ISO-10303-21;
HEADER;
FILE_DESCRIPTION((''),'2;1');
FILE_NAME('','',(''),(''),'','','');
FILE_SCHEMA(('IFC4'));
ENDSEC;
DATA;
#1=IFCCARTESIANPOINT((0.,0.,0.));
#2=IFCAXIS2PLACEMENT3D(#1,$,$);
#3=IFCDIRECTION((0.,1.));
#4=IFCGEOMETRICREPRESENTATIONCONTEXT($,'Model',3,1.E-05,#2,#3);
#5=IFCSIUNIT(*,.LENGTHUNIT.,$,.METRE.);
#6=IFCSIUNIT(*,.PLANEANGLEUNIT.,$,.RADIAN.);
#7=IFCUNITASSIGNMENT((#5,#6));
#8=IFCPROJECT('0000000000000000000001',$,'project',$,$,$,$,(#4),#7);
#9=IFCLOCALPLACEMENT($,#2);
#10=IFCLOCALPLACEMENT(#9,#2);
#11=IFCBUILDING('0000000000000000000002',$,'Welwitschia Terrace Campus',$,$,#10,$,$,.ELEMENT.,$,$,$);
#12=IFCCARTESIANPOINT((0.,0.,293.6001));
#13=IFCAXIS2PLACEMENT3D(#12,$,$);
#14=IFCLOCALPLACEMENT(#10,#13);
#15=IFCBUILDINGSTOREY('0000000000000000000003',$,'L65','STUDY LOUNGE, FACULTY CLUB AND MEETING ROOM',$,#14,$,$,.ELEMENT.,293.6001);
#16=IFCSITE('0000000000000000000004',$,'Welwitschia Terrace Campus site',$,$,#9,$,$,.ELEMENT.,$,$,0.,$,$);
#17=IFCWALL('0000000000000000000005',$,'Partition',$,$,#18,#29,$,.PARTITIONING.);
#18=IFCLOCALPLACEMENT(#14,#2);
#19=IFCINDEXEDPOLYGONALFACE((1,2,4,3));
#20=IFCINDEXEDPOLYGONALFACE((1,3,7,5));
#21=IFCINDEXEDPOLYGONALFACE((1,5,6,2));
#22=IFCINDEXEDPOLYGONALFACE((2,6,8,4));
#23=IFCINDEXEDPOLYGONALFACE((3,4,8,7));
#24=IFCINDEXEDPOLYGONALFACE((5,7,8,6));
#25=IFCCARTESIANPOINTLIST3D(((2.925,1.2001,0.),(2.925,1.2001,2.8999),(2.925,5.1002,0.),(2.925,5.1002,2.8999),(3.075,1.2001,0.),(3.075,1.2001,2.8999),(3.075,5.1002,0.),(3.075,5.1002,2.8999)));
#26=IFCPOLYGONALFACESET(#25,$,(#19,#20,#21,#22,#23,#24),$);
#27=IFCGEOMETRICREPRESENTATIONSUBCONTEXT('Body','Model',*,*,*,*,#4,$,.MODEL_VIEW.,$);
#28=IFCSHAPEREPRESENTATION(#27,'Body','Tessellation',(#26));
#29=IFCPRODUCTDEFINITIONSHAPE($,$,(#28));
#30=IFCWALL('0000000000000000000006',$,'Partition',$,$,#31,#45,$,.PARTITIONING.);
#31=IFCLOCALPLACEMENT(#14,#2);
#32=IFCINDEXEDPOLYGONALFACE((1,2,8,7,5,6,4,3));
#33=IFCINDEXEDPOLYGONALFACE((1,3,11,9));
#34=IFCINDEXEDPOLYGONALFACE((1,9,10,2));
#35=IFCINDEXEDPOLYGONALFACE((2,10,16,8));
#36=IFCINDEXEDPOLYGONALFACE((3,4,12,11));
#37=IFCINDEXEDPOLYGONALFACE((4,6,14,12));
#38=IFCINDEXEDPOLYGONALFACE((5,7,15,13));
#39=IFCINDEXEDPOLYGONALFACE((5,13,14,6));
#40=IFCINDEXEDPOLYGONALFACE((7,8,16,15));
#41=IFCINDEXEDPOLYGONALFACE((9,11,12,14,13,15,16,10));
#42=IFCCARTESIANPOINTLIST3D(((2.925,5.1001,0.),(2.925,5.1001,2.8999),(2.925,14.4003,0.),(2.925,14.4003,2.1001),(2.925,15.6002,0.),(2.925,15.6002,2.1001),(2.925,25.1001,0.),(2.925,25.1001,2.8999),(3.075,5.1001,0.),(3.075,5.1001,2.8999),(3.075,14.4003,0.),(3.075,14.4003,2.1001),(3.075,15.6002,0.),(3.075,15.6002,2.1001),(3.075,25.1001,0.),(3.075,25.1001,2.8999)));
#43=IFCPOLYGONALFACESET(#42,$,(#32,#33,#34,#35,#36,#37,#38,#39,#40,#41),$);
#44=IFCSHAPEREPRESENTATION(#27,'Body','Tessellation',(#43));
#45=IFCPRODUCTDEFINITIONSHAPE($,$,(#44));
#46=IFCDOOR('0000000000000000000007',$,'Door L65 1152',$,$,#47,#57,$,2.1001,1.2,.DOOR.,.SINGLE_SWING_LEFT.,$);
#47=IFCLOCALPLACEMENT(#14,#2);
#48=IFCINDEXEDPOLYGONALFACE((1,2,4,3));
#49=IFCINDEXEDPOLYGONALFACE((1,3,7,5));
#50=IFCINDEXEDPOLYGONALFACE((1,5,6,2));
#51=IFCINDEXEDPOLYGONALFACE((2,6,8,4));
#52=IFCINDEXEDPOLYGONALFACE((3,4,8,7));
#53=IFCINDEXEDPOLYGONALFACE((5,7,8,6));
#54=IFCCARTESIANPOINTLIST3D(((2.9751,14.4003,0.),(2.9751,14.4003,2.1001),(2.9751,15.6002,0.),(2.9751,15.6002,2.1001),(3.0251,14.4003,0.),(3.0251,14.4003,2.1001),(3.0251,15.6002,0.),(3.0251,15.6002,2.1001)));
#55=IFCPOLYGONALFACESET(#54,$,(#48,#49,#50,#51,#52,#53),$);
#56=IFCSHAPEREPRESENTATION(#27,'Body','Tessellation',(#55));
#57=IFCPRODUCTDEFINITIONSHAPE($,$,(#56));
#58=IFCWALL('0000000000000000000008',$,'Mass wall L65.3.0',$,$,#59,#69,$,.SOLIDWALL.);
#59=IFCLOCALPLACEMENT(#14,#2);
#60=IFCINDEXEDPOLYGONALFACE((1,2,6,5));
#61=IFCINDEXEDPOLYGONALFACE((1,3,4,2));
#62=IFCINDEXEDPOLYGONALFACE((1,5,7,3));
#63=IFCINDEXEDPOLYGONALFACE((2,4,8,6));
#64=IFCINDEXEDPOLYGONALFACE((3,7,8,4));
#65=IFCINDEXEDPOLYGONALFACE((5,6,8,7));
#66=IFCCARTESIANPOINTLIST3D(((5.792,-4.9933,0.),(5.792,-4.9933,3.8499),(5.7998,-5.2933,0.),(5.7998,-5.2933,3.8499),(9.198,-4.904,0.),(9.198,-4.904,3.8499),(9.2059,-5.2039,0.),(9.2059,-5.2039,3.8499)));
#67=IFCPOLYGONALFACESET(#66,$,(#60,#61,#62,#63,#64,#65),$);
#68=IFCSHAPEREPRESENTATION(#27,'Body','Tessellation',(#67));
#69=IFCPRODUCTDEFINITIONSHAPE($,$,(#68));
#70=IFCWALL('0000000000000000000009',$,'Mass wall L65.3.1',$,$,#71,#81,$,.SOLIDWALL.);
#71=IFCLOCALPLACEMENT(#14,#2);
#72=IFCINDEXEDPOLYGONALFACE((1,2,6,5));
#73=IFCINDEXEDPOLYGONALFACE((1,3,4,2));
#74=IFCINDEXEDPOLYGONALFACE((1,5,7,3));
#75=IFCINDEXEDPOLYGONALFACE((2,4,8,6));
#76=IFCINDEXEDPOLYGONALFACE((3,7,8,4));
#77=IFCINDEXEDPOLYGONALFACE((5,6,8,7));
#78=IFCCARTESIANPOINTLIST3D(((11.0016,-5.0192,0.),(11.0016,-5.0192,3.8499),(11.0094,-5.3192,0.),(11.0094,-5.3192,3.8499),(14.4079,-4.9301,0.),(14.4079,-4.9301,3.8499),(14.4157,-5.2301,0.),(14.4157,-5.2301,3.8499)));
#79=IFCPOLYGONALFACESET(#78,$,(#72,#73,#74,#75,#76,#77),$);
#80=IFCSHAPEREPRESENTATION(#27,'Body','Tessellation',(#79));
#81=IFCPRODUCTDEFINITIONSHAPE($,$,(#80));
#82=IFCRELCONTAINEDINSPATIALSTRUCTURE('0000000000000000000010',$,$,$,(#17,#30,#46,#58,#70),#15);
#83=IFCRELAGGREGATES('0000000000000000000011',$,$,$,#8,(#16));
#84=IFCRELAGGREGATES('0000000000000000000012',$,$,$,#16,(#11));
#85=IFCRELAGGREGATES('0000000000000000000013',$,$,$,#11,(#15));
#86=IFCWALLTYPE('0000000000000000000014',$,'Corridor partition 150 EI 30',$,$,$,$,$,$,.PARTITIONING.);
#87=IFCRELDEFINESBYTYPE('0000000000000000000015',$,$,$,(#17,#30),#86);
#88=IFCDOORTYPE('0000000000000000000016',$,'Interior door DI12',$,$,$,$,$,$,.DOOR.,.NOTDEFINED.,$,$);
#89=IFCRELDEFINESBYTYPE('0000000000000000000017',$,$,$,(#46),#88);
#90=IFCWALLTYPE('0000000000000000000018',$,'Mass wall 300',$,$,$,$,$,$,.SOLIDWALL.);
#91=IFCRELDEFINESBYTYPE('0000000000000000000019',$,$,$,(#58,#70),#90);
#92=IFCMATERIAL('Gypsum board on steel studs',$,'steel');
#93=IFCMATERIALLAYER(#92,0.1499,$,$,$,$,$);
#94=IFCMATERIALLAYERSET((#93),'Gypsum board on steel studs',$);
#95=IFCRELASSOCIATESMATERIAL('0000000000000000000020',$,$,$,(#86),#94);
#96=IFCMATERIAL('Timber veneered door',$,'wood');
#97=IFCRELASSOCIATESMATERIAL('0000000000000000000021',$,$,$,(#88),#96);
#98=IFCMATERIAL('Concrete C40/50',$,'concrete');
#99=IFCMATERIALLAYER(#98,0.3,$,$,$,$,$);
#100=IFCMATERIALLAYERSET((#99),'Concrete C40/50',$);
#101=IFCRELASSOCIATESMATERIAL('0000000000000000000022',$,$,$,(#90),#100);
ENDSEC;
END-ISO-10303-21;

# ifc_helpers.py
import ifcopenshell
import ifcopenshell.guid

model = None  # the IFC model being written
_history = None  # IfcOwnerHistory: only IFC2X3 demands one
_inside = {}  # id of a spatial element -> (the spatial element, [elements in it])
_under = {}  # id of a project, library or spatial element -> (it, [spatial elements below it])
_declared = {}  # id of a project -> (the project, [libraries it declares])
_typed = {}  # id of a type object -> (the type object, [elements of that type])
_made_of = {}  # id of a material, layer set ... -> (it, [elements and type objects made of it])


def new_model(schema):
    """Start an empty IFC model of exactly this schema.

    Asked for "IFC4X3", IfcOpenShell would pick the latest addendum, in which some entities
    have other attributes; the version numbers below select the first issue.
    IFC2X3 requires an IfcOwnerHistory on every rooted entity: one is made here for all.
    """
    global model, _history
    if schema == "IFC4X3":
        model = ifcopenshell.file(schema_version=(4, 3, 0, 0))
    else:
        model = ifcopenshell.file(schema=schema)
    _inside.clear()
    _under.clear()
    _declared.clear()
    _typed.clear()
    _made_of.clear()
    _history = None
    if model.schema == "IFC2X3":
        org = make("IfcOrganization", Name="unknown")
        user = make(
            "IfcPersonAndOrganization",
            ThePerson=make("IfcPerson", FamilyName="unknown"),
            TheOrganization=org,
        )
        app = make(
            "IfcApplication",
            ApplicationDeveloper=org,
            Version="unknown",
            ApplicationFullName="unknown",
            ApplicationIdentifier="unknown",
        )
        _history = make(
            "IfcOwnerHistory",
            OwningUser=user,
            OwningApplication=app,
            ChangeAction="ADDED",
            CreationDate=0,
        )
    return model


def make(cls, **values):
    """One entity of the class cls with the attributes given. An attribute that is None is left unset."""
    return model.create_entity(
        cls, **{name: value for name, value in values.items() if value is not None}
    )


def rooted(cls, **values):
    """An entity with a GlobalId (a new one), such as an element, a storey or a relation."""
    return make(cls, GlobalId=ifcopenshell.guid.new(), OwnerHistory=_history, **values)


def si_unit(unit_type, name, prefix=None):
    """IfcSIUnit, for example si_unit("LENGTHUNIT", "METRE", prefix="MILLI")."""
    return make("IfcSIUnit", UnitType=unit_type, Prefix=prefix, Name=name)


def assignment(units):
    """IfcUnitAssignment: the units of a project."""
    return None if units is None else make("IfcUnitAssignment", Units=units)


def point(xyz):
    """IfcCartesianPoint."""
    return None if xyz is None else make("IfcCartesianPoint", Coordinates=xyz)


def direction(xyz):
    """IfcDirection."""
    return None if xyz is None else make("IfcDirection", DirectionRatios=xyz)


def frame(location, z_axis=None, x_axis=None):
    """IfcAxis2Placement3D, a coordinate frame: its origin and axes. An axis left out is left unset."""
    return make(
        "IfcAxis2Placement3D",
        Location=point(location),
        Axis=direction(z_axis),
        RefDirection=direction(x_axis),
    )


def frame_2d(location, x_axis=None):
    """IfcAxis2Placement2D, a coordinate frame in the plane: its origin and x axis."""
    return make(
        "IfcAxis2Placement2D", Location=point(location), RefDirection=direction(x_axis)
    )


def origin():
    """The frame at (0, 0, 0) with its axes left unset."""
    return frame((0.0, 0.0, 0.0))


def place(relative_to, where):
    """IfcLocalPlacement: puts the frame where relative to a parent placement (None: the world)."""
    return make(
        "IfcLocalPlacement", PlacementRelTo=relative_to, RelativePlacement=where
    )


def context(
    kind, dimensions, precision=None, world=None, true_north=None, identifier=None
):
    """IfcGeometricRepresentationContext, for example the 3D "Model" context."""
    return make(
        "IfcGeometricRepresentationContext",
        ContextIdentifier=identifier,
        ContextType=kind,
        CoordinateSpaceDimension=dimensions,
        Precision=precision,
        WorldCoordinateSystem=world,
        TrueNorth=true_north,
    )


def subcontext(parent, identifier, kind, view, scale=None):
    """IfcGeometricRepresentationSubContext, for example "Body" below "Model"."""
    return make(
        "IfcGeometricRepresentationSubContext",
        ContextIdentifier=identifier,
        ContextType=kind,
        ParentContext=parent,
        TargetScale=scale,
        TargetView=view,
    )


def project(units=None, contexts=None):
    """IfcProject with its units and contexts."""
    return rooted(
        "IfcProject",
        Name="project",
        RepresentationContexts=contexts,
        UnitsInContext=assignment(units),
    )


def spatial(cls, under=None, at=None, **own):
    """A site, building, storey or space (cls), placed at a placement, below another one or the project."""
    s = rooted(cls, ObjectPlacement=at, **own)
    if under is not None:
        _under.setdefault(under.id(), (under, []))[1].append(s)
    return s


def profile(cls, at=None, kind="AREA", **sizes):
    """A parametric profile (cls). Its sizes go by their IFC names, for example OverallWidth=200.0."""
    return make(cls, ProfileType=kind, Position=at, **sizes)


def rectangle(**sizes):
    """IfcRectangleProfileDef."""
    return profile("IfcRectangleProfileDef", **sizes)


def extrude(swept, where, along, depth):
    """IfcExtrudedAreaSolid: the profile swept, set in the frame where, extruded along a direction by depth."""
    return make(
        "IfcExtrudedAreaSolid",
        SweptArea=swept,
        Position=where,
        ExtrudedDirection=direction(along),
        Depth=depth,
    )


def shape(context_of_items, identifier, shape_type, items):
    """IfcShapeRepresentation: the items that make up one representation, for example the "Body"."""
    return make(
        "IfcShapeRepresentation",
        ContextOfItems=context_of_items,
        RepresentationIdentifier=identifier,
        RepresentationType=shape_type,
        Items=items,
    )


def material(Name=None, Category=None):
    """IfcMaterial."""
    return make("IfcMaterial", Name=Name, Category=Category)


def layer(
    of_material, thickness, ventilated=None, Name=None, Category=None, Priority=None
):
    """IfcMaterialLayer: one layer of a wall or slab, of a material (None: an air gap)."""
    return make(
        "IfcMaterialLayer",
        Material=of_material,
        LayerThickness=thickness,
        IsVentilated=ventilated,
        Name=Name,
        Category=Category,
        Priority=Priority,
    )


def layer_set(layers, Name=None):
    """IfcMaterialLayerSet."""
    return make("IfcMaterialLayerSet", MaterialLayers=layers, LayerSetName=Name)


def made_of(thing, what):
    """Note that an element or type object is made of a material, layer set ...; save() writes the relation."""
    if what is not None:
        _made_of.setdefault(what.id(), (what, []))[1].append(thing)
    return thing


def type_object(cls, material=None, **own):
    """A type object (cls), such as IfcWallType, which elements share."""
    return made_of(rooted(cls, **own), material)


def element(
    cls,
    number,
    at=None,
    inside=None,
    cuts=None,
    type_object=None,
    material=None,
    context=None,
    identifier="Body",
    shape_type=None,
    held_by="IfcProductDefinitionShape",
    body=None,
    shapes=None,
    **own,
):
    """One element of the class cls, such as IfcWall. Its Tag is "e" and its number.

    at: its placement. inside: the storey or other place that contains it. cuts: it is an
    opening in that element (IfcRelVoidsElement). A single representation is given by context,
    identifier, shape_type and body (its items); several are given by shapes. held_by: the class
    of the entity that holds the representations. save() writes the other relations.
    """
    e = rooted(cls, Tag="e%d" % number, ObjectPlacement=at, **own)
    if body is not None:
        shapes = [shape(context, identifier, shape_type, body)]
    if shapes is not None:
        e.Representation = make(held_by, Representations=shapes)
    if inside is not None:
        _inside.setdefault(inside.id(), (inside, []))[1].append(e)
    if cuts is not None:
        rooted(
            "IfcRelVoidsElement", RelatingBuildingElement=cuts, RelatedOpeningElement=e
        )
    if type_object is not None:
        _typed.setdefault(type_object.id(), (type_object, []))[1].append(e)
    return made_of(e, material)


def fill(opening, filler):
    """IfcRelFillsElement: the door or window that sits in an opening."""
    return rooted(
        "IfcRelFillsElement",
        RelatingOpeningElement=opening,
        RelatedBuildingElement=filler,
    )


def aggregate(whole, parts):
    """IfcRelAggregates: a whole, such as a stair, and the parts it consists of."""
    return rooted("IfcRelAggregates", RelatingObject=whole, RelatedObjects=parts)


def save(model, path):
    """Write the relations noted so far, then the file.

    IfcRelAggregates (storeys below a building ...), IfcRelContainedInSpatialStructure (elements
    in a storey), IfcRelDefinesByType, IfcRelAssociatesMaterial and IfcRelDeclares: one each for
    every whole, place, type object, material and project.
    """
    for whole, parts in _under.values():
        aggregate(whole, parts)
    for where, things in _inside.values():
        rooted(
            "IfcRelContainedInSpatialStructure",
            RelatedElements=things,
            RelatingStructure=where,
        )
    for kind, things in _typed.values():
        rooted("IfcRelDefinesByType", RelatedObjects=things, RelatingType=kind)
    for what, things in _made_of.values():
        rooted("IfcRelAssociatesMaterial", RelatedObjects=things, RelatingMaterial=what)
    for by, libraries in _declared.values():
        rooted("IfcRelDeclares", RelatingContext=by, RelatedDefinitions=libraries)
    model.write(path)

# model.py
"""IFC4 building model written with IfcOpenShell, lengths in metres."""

from ifc_helpers import new_model, si_unit, direction, frame, frame_2d, origin, place, context, subcontext, project, spatial, rectangle, extrude, material, layer, layer_set, type_object, element, fill, save


model = new_model("IFC4")

# Units and contexts
model_context = context("Model", 3, precision=1e-05, world=origin(), true_north=direction((0.0, 1.0)))
body_context = subcontext(model_context, "Body", "Model", "MODEL_VIEW")
ifc_project = project(units=[si_unit("LENGTHUNIT", "METRE"), si_unit("PLANEANGLEUNIT", "RADIAN")], contexts=[model_context])

# Site, building, storey
site_placement = place(None, origin())
site = spatial("IfcSite", under=ifc_project, at=site_placement, Name="Welwitschia Terrace Campus site", CompositionType="ELEMENT", RefElevation=0.0)
building_placement = place(site_placement, origin())
building = spatial("IfcBuilding", under=site, at=building_placement, Name="Welwitschia Terrace Campus", CompositionType="ELEMENT")
storey_placement = place(building_placement, frame((0.0, 0.0, 293.6001)))
storey = spatial("IfcBuildingStorey", under=building, at=storey_placement, Name="L65", Description="STUDY LOUNGE, FACULTY CLUB AND MEETING ROOM", CompositionType="ELEMENT", Elevation=293.6001)

# Wall
ifc_material_1 = material(Name="Gypsum board on steel studs", Category="steel")
ifc_layer_1 = layer(ifc_material_1, 0.1499)
ifc_layer_set_1 = layer_set([ifc_layer_1], Name="Gypsum board on steel studs")
wall_type_1 = type_object("IfcWallType", Name="Corridor partition 150 EI 30", PredefinedType="PARTITIONING", material=ifc_layer_set_1)
wall_1_placement = place(storey_placement, frame((3.0, 1.2, 0.0), z_axis=(0.0, 0.0, 1.0), x_axis=(0.0, 1.0, 0.0)))
element("IfcWall", 1, at=wall_1_placement, inside=storey, type_object=wall_type_1, Name="Partition", PredefinedType="PARTITIONING", context=body_context, shape_type="SweptSolid", body=[
    extrude(rectangle(XDim=3.9001, YDim=0.1499, at=frame_2d((1.9502, 0.0))), origin(), (0.0, 0.0, 1.0), 2.8999),
])

# Wall, opening, door
wall_2_placement = place(storey_placement, frame((3.0, 5.1001, 0.0), z_axis=(0.0, 0.0, 1.0), x_axis=(0.0, 1.0, 0.0)))
wall_2 = element("IfcWall", 2, at=wall_2_placement, inside=storey, type_object=wall_type_1, Name="Partition", PredefinedType="PARTITIONING", context=body_context, shape_type="SweptSolid", body=[
    extrude(rectangle(XDim=20.0, YDim=0.1499, at=frame_2d((10.0, 0.0))), origin(), (0.0, 0.0, 1.0), 2.8999),
])
opening_1_placement = place(wall_2_placement, frame((9.3, 0.0, 0.0)))
opening_1 = element("IfcOpeningElement", 3, at=opening_1_placement, cuts=wall_2, PredefinedType="OPENING", context=body_context, shape_type="SweptSolid", body=[
    extrude(rectangle(XDim=1.2, YDim=2.1001, at=frame_2d((0.6001, 1.05))), frame((0.0, 0.085, 0.0), z_axis=(0.0, -1.0, 0.0), x_axis=(1.0, 0.0, 0.0)), (0.0, 0.0, 1.0), 0.1699),
])
ifc_material_2 = material(Name="Timber veneered door", Category="wood")
door_type_1 = type_object("IfcDoorType", Name="Interior door DI12", OperationType="NOTDEFINED", PredefinedType="DOOR", material=ifc_material_2)
door_1_placement = place(opening_1_placement, origin())
door_1 = element("IfcDoor", 4, at=door_1_placement, inside=storey, type_object=door_type_1, Name="Door L65 1152", OperationType="SINGLE_SWING_LEFT", OverallHeight=2.1001, OverallWidth=1.2, PredefinedType="DOOR", context=body_context, shape_type="SweptSolid", body=[
    extrude(rectangle(XDim=1.2, YDim=2.1001, at=frame_2d((0.6001, 1.05))), frame((0.0, 0.0249, 0.0), z_axis=(0.0, -1.0, 0.0), x_axis=(1.0, 0.0, 0.0)), (0.0, 0.0, 1.0), 0.05),
])
fill(opening_1, door_1)

# Walls
ifc_material_3 = material(Name="Concrete C40/50", Category="concrete")
ifc_layer_2 = layer(ifc_material_3, 0.3)
ifc_layer_set_2 = layer_set([ifc_layer_2], Name="Concrete C40/50")
wall_type_2 = type_object("IfcWallType", Name="Mass wall 300", PredefinedType="SOLIDWALL", material=ifc_layer_set_2)
wall_3_placement = place(storey_placement, frame((5.7959, -5.1433, 0.0), z_axis=(0.0, 0.0, 1.0), x_axis=(0.999656, 0.026226, 0.0)))
element("IfcWall", 5, at=wall_3_placement, inside=storey, type_object=wall_type_2, Name="Mass wall L65.3.0", PredefinedType="SOLIDWALL", context=body_context, shape_type="SweptSolid", body=[
    extrude(rectangle(XDim=3.4072, YDim=0.3, at=frame_2d((1.7036, 0.0))), origin(), (0.0, 0.0, 1.0), 3.8499),
])
wall_4_placement = place(storey_placement, frame((11.0056, -5.1692, 0.0), z_axis=(0.0, 0.0, 1.0), x_axis=(0.999658, 0.026152, 0.0)))
element("IfcWall", 6, at=wall_4_placement, inside=storey, type_object=wall_type_2, Name="Mass wall L65.3.1", PredefinedType="SOLIDWALL", context=body_context, shape_type="SweptSolid", body=[
    extrude(rectangle(XDim=3.4075, YDim=0.3, at=frame_2d((1.7036, 0.0))), origin(), (0.0, 0.0, 1.0), 3.8499),
])

save(model, "model.ifc")
